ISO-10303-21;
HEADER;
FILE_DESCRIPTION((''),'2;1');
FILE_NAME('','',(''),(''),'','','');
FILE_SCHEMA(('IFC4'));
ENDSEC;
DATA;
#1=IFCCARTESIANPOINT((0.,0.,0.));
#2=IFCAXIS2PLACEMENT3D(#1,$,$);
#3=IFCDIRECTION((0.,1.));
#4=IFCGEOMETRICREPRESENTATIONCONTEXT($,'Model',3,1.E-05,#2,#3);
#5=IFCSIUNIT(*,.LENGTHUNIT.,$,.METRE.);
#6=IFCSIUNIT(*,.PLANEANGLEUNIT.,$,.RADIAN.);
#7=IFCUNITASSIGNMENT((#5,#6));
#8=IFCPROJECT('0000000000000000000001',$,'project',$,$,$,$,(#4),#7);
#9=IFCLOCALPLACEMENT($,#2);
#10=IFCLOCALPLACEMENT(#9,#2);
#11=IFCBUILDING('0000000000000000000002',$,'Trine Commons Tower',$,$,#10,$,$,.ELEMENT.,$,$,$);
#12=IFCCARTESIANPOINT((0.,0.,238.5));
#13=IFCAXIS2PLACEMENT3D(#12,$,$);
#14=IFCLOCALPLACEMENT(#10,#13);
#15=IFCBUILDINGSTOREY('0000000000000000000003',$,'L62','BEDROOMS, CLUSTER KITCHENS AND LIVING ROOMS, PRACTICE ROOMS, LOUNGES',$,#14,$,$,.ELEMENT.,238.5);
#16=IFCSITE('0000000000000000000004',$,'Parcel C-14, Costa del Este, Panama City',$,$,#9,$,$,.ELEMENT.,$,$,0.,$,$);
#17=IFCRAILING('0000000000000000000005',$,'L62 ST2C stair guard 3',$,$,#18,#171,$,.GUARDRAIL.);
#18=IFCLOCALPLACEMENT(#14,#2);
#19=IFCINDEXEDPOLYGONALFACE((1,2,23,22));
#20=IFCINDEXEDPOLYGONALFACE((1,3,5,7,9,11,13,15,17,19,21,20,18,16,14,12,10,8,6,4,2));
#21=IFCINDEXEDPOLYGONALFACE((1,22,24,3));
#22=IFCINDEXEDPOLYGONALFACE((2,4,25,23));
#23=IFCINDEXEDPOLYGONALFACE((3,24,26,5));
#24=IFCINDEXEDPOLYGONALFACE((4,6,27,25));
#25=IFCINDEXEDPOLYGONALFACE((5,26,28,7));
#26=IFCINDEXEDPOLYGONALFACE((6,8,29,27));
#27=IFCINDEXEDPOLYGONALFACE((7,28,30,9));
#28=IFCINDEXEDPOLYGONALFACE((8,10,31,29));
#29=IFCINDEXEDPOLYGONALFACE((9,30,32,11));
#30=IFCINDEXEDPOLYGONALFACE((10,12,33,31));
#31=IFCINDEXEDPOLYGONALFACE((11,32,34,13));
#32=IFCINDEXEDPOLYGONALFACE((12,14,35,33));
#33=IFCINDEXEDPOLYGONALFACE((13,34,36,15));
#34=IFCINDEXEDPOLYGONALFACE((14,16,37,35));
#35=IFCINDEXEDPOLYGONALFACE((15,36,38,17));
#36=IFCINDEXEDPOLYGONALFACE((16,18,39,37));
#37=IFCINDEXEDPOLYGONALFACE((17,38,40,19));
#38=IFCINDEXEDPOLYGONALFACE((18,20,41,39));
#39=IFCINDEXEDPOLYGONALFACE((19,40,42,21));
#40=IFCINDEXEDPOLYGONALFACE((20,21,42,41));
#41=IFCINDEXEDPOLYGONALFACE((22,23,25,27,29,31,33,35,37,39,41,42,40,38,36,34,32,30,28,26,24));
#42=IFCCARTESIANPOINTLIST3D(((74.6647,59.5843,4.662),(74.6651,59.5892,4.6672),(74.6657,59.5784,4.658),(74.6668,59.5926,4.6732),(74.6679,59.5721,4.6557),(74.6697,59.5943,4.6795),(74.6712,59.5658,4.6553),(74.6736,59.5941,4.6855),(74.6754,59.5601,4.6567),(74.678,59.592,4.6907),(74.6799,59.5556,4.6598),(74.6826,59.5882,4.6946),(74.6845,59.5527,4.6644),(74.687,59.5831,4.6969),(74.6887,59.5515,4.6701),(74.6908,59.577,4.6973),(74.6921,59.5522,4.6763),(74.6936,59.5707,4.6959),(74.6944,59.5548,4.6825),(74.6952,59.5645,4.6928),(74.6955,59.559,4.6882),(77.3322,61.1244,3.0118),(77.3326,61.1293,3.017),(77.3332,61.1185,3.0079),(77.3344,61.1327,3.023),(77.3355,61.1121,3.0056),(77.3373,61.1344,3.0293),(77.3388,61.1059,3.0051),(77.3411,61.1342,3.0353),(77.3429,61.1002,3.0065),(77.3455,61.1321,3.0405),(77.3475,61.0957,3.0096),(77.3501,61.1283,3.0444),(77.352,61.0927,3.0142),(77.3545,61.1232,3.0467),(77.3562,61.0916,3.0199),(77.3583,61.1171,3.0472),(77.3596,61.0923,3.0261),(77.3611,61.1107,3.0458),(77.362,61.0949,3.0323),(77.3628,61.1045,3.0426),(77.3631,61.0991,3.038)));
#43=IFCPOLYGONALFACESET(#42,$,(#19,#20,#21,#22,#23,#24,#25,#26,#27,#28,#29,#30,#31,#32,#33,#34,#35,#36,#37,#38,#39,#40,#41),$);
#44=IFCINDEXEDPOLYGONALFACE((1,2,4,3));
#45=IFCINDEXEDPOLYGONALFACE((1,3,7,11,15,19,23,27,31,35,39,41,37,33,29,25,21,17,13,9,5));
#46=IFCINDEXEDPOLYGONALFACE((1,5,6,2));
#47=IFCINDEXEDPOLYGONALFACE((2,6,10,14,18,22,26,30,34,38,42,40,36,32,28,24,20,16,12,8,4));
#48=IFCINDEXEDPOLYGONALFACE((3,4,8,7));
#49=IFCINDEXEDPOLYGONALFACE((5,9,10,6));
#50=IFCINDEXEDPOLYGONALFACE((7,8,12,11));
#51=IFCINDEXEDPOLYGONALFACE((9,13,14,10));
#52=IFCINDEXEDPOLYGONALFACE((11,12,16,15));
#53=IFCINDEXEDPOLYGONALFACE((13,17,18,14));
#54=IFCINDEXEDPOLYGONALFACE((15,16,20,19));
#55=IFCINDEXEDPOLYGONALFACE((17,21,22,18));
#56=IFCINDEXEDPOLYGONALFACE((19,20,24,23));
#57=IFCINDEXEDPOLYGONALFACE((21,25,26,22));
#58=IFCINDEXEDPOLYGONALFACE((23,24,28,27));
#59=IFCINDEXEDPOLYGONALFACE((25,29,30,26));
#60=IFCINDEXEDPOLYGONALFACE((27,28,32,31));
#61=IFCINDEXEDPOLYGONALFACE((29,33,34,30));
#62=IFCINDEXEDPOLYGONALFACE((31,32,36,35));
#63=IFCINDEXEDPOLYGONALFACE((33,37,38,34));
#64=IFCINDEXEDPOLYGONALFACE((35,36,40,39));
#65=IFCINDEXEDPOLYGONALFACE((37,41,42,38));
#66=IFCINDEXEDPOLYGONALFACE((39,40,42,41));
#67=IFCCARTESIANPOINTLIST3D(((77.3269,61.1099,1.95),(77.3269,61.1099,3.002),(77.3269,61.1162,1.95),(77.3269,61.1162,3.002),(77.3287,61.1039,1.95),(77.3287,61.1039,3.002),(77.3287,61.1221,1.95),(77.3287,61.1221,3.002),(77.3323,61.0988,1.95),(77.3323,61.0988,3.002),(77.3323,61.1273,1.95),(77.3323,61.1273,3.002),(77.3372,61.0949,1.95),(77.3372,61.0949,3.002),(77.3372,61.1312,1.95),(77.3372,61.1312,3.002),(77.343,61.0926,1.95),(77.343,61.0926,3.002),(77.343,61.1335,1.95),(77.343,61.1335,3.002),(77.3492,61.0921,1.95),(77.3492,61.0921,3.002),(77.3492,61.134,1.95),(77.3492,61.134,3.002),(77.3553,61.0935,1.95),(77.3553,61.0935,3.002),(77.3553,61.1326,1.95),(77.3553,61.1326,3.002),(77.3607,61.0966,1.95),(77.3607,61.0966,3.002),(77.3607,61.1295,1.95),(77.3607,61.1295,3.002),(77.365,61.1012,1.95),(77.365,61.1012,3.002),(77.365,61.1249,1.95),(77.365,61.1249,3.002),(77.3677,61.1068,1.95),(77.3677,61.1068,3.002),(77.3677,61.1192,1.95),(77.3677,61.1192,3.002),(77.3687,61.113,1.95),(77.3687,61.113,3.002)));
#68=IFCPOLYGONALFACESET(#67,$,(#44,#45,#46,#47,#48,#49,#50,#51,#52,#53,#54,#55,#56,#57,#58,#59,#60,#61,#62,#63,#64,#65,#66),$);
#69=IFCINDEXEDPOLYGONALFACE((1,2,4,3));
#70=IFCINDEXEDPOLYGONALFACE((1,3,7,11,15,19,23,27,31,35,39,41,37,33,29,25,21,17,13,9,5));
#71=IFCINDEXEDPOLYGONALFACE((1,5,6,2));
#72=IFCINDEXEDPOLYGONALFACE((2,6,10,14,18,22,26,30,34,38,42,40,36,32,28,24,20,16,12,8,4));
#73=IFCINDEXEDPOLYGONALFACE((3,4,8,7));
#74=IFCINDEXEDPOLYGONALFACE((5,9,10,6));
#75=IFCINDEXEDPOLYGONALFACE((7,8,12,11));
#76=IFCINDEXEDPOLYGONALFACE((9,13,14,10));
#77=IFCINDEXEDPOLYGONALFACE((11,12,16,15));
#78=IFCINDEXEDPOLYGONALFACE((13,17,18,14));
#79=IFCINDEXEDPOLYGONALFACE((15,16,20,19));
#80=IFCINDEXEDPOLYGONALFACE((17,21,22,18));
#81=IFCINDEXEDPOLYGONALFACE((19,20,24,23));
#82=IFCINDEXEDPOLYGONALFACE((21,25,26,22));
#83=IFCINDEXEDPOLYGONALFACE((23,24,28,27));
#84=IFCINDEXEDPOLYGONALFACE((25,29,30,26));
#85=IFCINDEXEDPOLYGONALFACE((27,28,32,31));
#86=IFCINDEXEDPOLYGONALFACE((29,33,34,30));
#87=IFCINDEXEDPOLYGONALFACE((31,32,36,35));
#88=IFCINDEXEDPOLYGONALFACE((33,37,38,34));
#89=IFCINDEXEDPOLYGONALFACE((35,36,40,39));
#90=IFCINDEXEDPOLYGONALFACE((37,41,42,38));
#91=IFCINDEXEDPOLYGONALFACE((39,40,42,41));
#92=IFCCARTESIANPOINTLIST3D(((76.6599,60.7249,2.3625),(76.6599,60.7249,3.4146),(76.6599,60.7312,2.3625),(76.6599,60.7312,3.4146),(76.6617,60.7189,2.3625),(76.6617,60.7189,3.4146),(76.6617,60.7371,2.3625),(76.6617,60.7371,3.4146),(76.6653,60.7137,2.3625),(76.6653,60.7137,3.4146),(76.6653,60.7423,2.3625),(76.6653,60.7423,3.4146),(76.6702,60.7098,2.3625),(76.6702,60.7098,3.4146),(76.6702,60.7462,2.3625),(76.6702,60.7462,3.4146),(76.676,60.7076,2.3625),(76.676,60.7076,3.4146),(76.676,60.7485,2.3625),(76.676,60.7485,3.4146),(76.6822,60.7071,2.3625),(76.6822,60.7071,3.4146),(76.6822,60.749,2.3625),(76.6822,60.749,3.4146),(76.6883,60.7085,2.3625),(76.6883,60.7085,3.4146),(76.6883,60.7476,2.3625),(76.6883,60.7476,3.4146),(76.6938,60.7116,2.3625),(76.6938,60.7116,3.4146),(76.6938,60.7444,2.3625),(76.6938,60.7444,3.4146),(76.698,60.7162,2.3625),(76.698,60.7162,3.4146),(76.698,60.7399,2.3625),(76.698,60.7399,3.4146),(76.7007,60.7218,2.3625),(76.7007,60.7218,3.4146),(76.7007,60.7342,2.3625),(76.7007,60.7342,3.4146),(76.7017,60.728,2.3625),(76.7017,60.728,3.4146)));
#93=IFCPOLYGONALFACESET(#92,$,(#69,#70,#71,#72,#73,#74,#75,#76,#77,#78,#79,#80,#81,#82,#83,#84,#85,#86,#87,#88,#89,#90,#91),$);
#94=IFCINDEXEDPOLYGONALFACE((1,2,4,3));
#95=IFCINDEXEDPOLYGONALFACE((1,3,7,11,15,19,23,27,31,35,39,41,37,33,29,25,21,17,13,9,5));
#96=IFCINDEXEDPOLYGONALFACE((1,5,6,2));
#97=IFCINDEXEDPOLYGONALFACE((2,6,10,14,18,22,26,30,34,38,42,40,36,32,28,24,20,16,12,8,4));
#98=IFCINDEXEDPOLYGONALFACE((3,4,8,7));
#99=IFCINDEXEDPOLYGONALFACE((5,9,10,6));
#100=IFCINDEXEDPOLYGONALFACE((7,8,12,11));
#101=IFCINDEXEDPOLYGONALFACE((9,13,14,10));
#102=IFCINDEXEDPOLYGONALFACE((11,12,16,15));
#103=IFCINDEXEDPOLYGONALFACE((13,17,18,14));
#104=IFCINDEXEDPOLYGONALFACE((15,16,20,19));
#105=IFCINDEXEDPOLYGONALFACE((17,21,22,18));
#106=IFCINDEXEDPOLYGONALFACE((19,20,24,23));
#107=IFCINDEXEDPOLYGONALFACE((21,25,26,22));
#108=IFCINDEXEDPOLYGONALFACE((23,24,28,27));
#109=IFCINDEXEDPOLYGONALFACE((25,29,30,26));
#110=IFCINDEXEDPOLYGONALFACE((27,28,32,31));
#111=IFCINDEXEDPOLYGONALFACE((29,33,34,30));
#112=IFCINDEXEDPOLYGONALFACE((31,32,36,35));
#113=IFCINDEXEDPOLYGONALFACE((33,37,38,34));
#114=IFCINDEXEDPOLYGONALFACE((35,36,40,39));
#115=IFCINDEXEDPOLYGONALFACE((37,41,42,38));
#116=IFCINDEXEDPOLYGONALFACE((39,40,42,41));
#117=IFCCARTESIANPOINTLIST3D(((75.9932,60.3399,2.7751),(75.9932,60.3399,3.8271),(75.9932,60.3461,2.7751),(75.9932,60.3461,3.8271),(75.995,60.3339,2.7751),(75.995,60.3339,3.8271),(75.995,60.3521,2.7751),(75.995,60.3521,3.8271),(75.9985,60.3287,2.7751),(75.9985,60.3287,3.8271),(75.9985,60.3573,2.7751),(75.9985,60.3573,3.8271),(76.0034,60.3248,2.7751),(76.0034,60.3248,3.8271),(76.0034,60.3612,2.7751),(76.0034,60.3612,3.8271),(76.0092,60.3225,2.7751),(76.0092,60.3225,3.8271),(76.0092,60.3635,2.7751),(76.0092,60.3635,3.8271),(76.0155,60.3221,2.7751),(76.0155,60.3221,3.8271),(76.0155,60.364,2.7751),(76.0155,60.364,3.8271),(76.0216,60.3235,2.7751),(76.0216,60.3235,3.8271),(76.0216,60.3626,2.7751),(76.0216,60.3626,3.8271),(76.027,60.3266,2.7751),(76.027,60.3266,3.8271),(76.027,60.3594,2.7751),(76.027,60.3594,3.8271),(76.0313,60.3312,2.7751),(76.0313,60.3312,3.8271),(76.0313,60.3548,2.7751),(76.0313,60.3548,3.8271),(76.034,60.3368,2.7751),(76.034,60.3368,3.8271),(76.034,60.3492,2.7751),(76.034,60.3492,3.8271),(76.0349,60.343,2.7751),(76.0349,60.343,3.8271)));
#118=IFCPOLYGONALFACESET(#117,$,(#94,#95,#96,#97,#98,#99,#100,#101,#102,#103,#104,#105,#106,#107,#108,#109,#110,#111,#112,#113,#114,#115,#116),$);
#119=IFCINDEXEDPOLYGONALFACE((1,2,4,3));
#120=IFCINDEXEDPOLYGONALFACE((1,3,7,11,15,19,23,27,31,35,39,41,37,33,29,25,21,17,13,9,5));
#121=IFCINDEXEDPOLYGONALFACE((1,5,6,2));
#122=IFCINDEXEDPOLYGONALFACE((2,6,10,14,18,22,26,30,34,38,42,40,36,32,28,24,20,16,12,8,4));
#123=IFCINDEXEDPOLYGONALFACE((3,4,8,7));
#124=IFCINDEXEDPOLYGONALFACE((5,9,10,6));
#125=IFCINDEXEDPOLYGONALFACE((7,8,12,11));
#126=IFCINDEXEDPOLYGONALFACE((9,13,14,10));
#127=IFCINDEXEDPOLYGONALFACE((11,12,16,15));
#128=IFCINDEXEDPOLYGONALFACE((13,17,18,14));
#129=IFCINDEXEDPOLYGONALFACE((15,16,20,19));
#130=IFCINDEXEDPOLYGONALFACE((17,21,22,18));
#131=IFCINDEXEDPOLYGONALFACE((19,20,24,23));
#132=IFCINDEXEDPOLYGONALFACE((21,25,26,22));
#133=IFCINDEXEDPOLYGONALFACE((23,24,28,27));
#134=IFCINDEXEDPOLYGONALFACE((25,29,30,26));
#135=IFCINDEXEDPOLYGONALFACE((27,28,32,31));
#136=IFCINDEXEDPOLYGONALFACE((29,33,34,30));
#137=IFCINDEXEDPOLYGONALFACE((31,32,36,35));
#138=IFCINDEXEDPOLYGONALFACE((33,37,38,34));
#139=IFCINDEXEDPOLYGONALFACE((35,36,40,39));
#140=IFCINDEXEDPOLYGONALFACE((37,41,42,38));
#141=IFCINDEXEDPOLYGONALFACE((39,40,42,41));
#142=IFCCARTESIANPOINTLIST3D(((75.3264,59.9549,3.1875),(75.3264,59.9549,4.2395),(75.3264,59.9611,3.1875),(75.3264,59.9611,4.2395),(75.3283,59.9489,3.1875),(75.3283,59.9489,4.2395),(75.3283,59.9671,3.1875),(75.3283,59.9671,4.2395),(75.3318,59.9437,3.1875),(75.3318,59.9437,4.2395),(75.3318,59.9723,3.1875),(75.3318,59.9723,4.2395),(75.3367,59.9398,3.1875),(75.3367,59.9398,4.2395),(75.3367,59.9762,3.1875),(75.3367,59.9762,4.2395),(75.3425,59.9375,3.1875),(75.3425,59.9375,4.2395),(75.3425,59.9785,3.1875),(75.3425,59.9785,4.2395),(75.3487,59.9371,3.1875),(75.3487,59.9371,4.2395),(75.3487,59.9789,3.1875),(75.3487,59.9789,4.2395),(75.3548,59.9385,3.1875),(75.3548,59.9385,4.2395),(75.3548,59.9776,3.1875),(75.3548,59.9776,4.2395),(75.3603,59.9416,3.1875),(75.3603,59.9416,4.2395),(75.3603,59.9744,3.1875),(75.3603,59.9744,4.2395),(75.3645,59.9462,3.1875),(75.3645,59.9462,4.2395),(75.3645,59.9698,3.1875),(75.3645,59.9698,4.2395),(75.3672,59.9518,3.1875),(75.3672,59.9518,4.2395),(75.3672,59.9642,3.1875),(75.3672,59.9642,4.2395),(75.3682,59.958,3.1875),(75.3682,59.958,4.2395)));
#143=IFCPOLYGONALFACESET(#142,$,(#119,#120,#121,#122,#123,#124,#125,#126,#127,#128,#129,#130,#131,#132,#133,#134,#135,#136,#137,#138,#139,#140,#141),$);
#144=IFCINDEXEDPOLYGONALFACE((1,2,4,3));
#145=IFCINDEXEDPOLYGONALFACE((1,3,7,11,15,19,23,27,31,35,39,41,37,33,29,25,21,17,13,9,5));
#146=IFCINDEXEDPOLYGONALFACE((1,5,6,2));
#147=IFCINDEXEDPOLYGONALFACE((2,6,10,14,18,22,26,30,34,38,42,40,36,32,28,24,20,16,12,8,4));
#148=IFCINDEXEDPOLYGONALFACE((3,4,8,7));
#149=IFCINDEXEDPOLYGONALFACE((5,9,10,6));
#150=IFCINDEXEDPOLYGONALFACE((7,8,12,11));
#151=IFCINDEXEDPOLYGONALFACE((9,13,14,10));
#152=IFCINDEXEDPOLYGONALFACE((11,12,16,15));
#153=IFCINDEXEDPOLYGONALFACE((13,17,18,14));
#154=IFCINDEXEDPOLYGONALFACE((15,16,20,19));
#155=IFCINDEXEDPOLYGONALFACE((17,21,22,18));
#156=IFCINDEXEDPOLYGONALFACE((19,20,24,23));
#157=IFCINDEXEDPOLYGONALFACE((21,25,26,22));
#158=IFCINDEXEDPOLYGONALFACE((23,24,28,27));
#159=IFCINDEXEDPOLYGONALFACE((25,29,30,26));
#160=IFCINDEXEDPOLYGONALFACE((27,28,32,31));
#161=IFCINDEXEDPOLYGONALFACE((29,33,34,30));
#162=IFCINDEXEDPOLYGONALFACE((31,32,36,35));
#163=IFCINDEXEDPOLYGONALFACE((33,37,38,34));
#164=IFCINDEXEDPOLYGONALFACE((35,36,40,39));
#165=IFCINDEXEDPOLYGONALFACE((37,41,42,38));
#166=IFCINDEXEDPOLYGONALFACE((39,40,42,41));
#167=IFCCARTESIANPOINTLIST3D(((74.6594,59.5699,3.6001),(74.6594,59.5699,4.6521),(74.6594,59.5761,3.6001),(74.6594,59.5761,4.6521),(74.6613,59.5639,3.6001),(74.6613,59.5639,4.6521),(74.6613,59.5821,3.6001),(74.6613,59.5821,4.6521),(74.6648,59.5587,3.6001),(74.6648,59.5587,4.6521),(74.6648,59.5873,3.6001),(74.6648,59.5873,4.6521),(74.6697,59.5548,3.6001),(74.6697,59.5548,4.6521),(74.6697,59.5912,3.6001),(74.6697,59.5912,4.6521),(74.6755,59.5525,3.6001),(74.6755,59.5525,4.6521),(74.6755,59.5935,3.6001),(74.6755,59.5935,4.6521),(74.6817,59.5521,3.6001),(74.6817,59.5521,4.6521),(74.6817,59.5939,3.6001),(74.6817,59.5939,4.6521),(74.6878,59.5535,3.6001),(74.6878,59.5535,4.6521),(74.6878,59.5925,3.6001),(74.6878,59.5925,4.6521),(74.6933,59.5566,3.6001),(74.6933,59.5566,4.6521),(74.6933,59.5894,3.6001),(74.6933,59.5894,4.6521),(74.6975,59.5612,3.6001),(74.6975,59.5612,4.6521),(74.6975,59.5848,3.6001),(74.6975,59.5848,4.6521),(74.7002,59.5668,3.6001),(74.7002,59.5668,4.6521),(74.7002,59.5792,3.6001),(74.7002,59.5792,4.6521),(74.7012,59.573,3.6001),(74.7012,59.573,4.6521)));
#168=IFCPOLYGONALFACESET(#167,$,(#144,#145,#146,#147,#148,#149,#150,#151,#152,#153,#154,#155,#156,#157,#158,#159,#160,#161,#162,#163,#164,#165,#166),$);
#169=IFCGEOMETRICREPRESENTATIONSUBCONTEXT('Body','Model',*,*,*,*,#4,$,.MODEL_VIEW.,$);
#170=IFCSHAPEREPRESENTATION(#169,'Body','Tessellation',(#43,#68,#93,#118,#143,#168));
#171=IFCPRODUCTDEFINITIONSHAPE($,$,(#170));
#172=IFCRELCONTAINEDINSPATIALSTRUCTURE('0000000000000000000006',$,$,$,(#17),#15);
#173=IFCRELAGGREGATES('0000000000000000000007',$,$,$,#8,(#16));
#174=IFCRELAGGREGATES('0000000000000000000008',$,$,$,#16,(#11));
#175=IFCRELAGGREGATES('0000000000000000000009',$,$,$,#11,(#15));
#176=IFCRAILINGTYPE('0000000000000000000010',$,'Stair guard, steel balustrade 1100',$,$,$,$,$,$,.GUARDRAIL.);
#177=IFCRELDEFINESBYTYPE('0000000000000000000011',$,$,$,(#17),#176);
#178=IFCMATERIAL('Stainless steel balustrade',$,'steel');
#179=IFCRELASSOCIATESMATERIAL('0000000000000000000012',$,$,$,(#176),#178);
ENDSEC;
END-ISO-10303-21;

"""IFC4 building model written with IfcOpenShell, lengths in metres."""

from ifc_helpers import new_model, si_unit, direction, frame, origin, origin_2d, place, context, subcontext, project, spatial, circle, extrude, material, type_object, element, save


model = new_model("IFC4")

# Units and contexts
model_context = context("Model", 3, precision=1e-05, world=origin(), true_north=direction((0.0, 1.0)))
body_context = subcontext(model_context, "Body", "Model", "MODEL_VIEW")
ifc_project = project(units=[si_unit("LENGTHUNIT", "METRE"), si_unit("PLANEANGLEUNIT", "RADIAN")], contexts=[model_context])

# Site, building, storey
site_placement = place(None, origin())
site = spatial("IfcSite", under=ifc_project, at=site_placement, Name="Parcel C-14, Costa del Este, Panama City", CompositionType="ELEMENT", RefElevation=0.0)
building_placement = place(site_placement, origin())
building = spatial("IfcBuilding", under=site, at=building_placement, Name="Trine Commons Tower", CompositionType="ELEMENT")
storey_placement = place(building_placement, frame((0.0, 0.0, 238.5)))
storey = spatial("IfcBuildingStorey", under=building, at=storey_placement, Name="L62", Description="BEDROOMS, CLUSTER KITCHENS AND LIVING ROOMS, PRACTICE ROOMS, LOUNGES", CompositionType="ELEMENT", Elevation=238.5)

# Railing
ifc_material_1 = material(Name="Stainless steel balustrade", Category="steel")
railing_type_1 = type_object("IfcRailingType", Name="Stair guard, steel balustrade 1100", PredefinedType="GUARDRAIL", material=ifc_material_1)
railing_1_placement = place(storey_placement, frame((77.3477, 61.113, 1.95)))
element("IfcRailing", 1, at=railing_1_placement, inside=storey, type_object=railing_type_1, Name="L62 ST2C stair guard 3", PredefinedType="GUARDRAIL", context=body_context, shape_type="SweptSolid", body=[
    extrude(circle(Radius=0.0239, at=origin_2d()), frame((0.0, 0.0, 1.0762), z_axis=(-0.76338, -0.440728, 0.472239), x_axis=(0.499992, -0.86603, 0.0)), (0.0, 0.0, 1.0), 3.4944),
    extrude(circle(Radius=0.021, at=origin_2d()), origin(), (0.0, 0.0, 1.0), 1.052),
    extrude(circle(Radius=0.021, at=origin_2d()), frame((-0.667, -0.385, 0.4126)), (0.0, 0.0, 1.0), 1.052),
    extrude(circle(Radius=0.021, at=origin_2d()), frame((-1.3337, -0.77, 0.8252)), (0.0, 0.0, 1.0), 1.052),
    extrude(circle(Radius=0.021, at=origin_2d()), frame((-2.0005, -1.155, 1.2375)), (0.0, 0.0, 1.0), 1.052),
    extrude(circle(Radius=0.021, at=origin_2d()), frame((-2.6675, -1.54, 1.6501)), (0.0, 0.0, 1.0), 1.052),
])

save(model, "model.ifc")
